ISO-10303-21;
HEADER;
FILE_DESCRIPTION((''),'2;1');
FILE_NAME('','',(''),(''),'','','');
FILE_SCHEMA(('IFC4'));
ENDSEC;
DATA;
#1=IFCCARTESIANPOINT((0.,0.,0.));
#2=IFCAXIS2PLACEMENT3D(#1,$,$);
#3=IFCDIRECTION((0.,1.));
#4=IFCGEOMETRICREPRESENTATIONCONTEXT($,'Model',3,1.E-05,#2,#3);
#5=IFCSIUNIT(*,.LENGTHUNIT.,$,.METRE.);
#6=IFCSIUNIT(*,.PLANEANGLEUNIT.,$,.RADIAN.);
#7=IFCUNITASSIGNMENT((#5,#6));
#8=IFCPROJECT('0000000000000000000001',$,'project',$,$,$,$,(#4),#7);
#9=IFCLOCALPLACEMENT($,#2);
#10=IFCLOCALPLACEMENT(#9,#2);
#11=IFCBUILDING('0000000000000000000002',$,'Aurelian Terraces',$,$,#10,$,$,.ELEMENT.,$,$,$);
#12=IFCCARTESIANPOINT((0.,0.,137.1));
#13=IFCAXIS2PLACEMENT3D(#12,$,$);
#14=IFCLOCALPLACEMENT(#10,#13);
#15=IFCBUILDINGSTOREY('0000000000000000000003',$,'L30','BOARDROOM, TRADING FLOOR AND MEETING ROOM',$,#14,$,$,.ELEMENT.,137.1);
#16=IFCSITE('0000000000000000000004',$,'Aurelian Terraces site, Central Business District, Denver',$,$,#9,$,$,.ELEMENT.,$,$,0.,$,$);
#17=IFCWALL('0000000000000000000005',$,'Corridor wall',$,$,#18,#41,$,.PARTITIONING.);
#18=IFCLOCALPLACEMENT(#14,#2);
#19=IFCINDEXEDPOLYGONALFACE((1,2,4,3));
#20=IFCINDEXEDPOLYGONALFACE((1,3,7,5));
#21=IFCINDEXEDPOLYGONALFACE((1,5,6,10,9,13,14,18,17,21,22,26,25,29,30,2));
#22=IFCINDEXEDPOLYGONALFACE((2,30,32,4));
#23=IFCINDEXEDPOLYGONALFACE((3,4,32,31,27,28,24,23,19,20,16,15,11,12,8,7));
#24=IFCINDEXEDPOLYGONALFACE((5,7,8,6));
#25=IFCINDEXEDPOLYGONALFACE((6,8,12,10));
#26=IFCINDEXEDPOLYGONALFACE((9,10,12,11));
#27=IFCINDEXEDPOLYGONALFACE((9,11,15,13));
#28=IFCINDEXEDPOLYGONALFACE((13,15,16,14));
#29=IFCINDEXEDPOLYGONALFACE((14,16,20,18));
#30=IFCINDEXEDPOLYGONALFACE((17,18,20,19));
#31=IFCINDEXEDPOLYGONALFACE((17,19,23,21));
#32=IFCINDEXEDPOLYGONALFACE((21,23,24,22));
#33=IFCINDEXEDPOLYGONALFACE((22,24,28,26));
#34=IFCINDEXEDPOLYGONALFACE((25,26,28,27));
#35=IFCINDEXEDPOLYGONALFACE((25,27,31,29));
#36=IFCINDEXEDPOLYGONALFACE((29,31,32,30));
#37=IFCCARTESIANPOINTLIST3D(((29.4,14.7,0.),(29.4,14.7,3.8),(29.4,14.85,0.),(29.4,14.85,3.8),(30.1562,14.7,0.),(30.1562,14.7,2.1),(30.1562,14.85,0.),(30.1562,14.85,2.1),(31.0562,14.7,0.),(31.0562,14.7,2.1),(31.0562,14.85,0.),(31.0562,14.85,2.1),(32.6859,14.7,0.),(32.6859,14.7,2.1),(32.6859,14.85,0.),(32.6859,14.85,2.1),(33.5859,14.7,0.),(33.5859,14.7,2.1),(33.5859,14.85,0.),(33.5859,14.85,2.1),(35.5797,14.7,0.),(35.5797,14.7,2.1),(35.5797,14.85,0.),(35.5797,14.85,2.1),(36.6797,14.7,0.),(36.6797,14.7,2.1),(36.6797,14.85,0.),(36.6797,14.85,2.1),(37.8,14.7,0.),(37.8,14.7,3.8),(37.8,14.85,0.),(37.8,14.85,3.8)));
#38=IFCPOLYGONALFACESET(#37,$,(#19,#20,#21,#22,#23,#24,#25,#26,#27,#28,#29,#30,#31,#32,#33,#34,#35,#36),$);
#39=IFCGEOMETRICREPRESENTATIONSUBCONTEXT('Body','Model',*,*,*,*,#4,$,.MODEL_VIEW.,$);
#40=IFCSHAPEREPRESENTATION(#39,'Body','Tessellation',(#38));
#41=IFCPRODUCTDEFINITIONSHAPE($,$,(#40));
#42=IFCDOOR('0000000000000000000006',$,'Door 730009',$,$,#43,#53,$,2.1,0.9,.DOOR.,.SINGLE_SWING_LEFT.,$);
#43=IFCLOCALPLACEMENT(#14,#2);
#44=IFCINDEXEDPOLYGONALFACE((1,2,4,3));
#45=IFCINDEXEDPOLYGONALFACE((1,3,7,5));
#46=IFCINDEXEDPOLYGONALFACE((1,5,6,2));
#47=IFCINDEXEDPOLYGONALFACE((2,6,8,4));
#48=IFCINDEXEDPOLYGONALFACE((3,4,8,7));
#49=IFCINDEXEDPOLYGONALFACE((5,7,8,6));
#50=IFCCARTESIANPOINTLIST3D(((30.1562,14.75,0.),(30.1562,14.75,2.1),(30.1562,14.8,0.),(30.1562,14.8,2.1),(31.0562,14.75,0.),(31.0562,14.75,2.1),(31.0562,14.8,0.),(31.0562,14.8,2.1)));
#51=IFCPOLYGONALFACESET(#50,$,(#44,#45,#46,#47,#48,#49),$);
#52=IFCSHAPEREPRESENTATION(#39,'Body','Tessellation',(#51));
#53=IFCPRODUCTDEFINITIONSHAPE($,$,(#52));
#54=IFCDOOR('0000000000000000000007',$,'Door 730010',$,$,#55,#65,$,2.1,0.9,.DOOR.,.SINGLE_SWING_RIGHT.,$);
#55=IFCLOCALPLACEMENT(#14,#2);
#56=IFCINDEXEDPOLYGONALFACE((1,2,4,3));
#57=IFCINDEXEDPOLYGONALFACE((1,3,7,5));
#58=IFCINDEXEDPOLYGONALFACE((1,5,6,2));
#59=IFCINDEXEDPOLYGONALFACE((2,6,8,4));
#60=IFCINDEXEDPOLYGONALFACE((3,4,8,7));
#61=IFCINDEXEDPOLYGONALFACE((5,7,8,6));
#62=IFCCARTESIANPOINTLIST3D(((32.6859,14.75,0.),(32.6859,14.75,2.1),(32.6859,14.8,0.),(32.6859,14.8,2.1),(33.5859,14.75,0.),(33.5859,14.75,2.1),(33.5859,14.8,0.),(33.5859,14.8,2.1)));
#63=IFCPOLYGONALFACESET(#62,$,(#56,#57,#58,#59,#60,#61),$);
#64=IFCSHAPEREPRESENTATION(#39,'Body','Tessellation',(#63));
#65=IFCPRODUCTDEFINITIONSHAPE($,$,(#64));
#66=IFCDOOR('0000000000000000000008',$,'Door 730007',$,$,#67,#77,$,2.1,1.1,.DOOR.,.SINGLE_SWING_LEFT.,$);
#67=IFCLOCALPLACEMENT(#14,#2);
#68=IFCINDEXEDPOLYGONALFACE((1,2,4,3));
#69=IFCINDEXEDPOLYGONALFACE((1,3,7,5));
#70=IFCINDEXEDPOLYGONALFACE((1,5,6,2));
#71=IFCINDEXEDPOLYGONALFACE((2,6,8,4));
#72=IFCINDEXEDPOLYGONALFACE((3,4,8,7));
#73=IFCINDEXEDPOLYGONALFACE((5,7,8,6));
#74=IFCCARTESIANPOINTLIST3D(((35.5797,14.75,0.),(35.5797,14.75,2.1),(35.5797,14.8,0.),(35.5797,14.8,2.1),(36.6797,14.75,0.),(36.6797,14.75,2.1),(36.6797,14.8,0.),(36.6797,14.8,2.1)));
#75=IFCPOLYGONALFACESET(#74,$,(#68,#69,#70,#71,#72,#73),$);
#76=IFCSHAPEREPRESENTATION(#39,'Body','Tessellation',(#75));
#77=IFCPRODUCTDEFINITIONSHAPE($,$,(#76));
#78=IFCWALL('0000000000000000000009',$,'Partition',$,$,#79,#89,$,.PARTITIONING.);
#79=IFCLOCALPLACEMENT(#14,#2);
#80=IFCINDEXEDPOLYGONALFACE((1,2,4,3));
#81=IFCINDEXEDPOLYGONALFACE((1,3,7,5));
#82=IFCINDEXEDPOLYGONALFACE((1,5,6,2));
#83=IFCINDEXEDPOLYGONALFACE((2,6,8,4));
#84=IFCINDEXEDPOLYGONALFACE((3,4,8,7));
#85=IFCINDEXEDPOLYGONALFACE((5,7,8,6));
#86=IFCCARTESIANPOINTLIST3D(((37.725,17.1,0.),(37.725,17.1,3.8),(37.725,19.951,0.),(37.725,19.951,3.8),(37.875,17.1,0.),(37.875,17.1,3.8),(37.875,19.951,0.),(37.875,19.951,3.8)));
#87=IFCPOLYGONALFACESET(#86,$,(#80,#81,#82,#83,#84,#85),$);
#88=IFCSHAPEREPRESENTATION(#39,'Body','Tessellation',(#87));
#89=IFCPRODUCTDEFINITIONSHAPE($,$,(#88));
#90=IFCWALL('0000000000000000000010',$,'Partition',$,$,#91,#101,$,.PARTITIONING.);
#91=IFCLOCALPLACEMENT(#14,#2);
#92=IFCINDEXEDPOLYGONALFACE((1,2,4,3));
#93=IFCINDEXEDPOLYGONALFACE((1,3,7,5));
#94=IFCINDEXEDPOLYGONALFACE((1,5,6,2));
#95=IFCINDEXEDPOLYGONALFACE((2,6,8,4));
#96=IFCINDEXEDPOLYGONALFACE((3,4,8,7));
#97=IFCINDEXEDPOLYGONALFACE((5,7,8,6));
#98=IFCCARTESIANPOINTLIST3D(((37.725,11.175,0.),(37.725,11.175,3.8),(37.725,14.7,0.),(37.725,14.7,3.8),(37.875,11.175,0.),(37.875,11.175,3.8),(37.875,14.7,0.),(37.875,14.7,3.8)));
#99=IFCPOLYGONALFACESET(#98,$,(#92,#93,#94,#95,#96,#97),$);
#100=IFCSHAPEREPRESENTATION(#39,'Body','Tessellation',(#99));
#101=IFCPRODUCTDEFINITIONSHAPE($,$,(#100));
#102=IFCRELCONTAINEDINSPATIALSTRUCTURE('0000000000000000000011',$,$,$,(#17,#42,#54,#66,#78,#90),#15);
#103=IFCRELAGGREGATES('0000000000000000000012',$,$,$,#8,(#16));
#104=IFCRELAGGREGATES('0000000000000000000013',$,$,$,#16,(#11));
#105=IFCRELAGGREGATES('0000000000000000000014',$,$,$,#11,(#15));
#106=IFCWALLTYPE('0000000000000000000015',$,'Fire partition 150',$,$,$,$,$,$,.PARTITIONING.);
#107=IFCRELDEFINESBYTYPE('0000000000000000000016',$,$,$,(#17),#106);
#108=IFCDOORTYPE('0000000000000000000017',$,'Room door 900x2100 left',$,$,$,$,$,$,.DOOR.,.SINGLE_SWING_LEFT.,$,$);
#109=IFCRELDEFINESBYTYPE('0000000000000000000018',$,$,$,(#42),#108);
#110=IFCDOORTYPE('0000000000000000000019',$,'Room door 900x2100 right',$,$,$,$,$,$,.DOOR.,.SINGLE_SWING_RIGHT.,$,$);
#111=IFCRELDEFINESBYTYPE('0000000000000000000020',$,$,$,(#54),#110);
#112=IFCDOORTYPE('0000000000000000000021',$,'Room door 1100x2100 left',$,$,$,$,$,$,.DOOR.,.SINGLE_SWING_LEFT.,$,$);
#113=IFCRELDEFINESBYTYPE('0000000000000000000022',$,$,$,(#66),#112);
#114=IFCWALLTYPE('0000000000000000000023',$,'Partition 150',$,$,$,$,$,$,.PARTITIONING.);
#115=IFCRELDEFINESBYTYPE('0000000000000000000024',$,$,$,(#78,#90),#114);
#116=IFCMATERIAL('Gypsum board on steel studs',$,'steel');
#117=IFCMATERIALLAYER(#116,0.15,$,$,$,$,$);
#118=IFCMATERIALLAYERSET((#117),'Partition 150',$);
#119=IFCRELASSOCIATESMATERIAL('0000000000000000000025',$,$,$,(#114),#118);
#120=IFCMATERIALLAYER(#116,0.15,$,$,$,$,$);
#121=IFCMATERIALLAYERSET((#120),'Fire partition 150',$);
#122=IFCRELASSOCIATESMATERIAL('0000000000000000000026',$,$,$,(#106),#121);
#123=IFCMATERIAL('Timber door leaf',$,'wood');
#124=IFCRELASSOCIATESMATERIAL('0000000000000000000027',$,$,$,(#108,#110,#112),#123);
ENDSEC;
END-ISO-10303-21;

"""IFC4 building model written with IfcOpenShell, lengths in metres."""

from ifc_helpers import new_model, si_unit, direction, frame, frame_2d, origin, place, context, subcontext, project, spatial, rectangle, extrude, source, transform, mapped, material, layer, layer_set, type_object, element, fill, save


model = new_model("IFC4")

# Units and contexts
model_context = context("Model", 3, precision=1e-05, world=origin(), true_north=direction((0.0, 1.0)))
body_context = subcontext(model_context, "Body", "Model", "MODEL_VIEW")
ifc_project = project(units=[si_unit("LENGTHUNIT", "METRE"), si_unit("PLANEANGLEUNIT", "RADIAN")], contexts=[model_context])

# Site, building, storey
site_placement = place(None, origin())
site = spatial("IfcSite", under=ifc_project, at=site_placement, Name="Aurelian Terraces site, Central Business District, Denver", CompositionType="ELEMENT", RefElevation=0.0)
building_placement = place(site_placement, origin())
building = spatial("IfcBuilding", under=site, at=building_placement, Name="Aurelian Terraces", CompositionType="ELEMENT")
storey_placement = place(building_placement, frame((0.0, 0.0, 137.1)))
storey = spatial("IfcBuildingStorey", under=building, at=storey_placement, Name="L30", Description="BOARDROOM, TRADING FLOOR AND MEETING ROOM", CompositionType="ELEMENT", Elevation=137.1)

# Shared definitions
ifc_material_1 = material(Name="Timber door leaf", Category="wood")

# Shared definitions
ifc_material_2 = material(Name="Gypsum board on steel studs", Category="steel")
ifc_layer_1 = layer(ifc_material_2, 0.15)
ifc_layer_set_1 = layer_set([ifc_layer_1], Name="Partition 150")
wall_type_1 = type_object("IfcWallType", Name="Partition 150", PredefinedType="PARTITIONING", material=ifc_layer_set_1)

# Wall, openings, doors
ifc_layer_2 = layer(ifc_material_2, 0.15)
ifc_layer_set_2 = layer_set([ifc_layer_2], Name="Fire partition 150")
wall_type_2 = type_object("IfcWallType", Name="Fire partition 150", PredefinedType="PARTITIONING", material=ifc_layer_set_2)
shared_shape_1 = source(origin(), body_context, "Body", "SweptSolid", [
    extrude(rectangle(XDim=8.4, YDim=0.15, at=frame_2d((4.2, 0.0))), origin(), (0.0, 0.0, 1.0), 3.8),
])
wall_1_placement = place(storey_placement, frame((37.8, 14.775, 0.0), z_axis=(0.0, 0.0, 1.0), x_axis=(-1.0, 0.0, 0.0)))
wall_1 = element("IfcWall", 1, at=wall_1_placement, inside=storey, type_object=wall_type_2, Name="Corridor wall", PredefinedType="PARTITIONING", context=body_context, shape_type="MappedRepresentation", body=[
    mapped(shared_shape_1, transform((0.0, 0.0, 0.0), scale=1.0)),
])
shared_shape_2 = source(origin(), body_context, "Body", "SweptSolid", [
    extrude(rectangle(XDim=1.1, YDim=2.1, at=frame_2d((0.55, 1.05))), frame((0.0, 0.085, 0.0), z_axis=(0.0, -1.0, 0.0), x_axis=(1.0, 0.0, 0.0)), (0.0, 0.0, 1.0), 0.17),
])
opening_1_placement = place(wall_1_placement, frame((1.1203, 0.0, 0.0)))
opening_1 = element("IfcOpeningElement", 2, at=opening_1_placement, cuts=wall_1, PredefinedType="OPENING", context=body_context, shape_type="MappedRepresentation", body=[
    mapped(shared_shape_2, transform((0.0, 0.0, 0.0), scale=1.0)),
])
shared_shape_3 = source(origin(), body_context, "Body", "SweptSolid", [
    extrude(rectangle(XDim=0.9, YDim=2.1, at=frame_2d((0.45, 1.05))), frame((0.0, 0.085, 0.0), z_axis=(0.0, -1.0, 0.0), x_axis=(1.0, 0.0, 0.0)), (0.0, 0.0, 1.0), 0.17),
])
opening_2_placement = place(wall_1_placement, frame((6.7438, 0.0, 0.0)))
opening_2 = element("IfcOpeningElement", 3, at=opening_2_placement, cuts=wall_1, PredefinedType="OPENING", context=body_context, shape_type="MappedRepresentation", body=[
    mapped(shared_shape_3, transform((0.0, 0.0, 0.0), scale=1.0)),
])
opening_3_placement = place(wall_1_placement, frame((4.2141, 0.0, 0.0)))
opening_3 = element("IfcOpeningElement", 4, at=opening_3_placement, cuts=wall_1, PredefinedType="OPENING", context=body_context, shape_type="MappedRepresentation", body=[
    mapped(shared_shape_3, transform((0.0, 0.0, 0.0), scale=1.0)),
])
door_type_1 = type_object("IfcDoorType", Name="Room door 900x2100 left", OperationType="SINGLE_SWING_LEFT", PredefinedType="DOOR", material=ifc_material_1)
shared_shape_4 = source(origin(), body_context, "Body", "SweptSolid", [
    extrude(rectangle(XDim=0.9, YDim=2.1, at=frame_2d((0.45, 1.05))), frame((0.0, 0.025, 0.0), z_axis=(0.0, -1.0, 0.0), x_axis=(1.0, 0.0, 0.0)), (0.0, 0.0, 1.0), 0.05),
])
door_1_placement = place(opening_2_placement, origin())
door_1 = element("IfcDoor", 5, at=door_1_placement, inside=storey, type_object=door_type_1, Name="Door 730009", OperationType="SINGLE_SWING_LEFT", OverallHeight=2.1, OverallWidth=0.9, PredefinedType="DOOR", context=body_context, shape_type="MappedRepresentation", body=[
    mapped(shared_shape_4, transform((0.0, 0.0, 0.0), scale=1.0)),
])
fill(opening_2, door_1)
door_type_2 = type_object("IfcDoorType", Name="Room door 900x2100 right", OperationType="SINGLE_SWING_RIGHT", PredefinedType="DOOR", material=ifc_material_1)
door_2_placement = place(opening_3_placement, origin())
door_2 = element("IfcDoor", 6, at=door_2_placement, inside=storey, type_object=door_type_2, Name="Door 730010", OperationType="SINGLE_SWING_RIGHT", OverallHeight=2.1, OverallWidth=0.9, PredefinedType="DOOR", context=body_context, shape_type="MappedRepresentation", body=[
    mapped(shared_shape_4, transform((0.0, 0.0, 0.0), scale=1.0)),
])
fill(opening_3, door_2)
door_type_3 = type_object("IfcDoorType", Name="Room door 1100x2100 left", OperationType="SINGLE_SWING_LEFT", PredefinedType="DOOR", material=ifc_material_1)
shared_shape_5 = source(origin(), body_context, "Body", "SweptSolid", [
    extrude(rectangle(XDim=1.1, YDim=2.1, at=frame_2d((0.55, 1.05))), frame((0.0, 0.025, 0.0), z_axis=(0.0, -1.0, 0.0), x_axis=(1.0, 0.0, 0.0)), (0.0, 0.0, 1.0), 0.05),
])
door_3_placement = place(opening_1_placement, origin())
door_3 = element("IfcDoor", 7, at=door_3_placement, inside=storey, type_object=door_type_3, Name="Door 730007", OperationType="SINGLE_SWING_LEFT", OverallHeight=2.1, OverallWidth=1.1, PredefinedType="DOOR", context=body_context, shape_type="MappedRepresentation", body=[
    mapped(shared_shape_5, transform((0.0, 0.0, 0.0), scale=1.0)),
])
fill(opening_1, door_3)

# Walls
shared_shape_6 = source(origin(), body_context, "Body", "SweptSolid", [
    extrude(rectangle(XDim=2.851, YDim=0.15, at=frame_2d((1.4255, 0.0))), origin(), (0.0, 0.0, 1.0), 3.8),
])
wall_2_placement = place(storey_placement, frame((37.8, 17.1, 0.0), z_axis=(0.0, 0.0, 1.0), x_axis=(0.0, 1.0, 0.0)))
element("IfcWall", 8, at=wall_2_placement, inside=storey, type_object=wall_type_1, Name="Partition", PredefinedType="PARTITIONING", context=body_context, shape_type="MappedRepresentation", body=[
    mapped(shared_shape_6, transform((0.0, 0.0, 0.0), scale=1.0)),
])
shared_shape_7 = source(origin(), body_context, "Body", "SweptSolid", [
    extrude(rectangle(XDim=3.525, YDim=0.15, at=frame_2d((1.7625, 0.0))), origin(), (0.0, 0.0, 1.0), 3.8),
])
wall_3_placement = place(storey_placement, frame((37.8, 11.175, 0.0), z_axis=(0.0, 0.0, 1.0), x_axis=(0.0, 1.0, 0.0)))
element("IfcWall", 9, at=wall_3_placement, inside=storey, type_object=wall_type_1, Name="Partition", PredefinedType="PARTITIONING", context=body_context, shape_type="MappedRepresentation", body=[
    mapped(shared_shape_7, transform((0.0, 0.0, 0.0), scale=1.0)),
])

save(model, "model.ifc")
